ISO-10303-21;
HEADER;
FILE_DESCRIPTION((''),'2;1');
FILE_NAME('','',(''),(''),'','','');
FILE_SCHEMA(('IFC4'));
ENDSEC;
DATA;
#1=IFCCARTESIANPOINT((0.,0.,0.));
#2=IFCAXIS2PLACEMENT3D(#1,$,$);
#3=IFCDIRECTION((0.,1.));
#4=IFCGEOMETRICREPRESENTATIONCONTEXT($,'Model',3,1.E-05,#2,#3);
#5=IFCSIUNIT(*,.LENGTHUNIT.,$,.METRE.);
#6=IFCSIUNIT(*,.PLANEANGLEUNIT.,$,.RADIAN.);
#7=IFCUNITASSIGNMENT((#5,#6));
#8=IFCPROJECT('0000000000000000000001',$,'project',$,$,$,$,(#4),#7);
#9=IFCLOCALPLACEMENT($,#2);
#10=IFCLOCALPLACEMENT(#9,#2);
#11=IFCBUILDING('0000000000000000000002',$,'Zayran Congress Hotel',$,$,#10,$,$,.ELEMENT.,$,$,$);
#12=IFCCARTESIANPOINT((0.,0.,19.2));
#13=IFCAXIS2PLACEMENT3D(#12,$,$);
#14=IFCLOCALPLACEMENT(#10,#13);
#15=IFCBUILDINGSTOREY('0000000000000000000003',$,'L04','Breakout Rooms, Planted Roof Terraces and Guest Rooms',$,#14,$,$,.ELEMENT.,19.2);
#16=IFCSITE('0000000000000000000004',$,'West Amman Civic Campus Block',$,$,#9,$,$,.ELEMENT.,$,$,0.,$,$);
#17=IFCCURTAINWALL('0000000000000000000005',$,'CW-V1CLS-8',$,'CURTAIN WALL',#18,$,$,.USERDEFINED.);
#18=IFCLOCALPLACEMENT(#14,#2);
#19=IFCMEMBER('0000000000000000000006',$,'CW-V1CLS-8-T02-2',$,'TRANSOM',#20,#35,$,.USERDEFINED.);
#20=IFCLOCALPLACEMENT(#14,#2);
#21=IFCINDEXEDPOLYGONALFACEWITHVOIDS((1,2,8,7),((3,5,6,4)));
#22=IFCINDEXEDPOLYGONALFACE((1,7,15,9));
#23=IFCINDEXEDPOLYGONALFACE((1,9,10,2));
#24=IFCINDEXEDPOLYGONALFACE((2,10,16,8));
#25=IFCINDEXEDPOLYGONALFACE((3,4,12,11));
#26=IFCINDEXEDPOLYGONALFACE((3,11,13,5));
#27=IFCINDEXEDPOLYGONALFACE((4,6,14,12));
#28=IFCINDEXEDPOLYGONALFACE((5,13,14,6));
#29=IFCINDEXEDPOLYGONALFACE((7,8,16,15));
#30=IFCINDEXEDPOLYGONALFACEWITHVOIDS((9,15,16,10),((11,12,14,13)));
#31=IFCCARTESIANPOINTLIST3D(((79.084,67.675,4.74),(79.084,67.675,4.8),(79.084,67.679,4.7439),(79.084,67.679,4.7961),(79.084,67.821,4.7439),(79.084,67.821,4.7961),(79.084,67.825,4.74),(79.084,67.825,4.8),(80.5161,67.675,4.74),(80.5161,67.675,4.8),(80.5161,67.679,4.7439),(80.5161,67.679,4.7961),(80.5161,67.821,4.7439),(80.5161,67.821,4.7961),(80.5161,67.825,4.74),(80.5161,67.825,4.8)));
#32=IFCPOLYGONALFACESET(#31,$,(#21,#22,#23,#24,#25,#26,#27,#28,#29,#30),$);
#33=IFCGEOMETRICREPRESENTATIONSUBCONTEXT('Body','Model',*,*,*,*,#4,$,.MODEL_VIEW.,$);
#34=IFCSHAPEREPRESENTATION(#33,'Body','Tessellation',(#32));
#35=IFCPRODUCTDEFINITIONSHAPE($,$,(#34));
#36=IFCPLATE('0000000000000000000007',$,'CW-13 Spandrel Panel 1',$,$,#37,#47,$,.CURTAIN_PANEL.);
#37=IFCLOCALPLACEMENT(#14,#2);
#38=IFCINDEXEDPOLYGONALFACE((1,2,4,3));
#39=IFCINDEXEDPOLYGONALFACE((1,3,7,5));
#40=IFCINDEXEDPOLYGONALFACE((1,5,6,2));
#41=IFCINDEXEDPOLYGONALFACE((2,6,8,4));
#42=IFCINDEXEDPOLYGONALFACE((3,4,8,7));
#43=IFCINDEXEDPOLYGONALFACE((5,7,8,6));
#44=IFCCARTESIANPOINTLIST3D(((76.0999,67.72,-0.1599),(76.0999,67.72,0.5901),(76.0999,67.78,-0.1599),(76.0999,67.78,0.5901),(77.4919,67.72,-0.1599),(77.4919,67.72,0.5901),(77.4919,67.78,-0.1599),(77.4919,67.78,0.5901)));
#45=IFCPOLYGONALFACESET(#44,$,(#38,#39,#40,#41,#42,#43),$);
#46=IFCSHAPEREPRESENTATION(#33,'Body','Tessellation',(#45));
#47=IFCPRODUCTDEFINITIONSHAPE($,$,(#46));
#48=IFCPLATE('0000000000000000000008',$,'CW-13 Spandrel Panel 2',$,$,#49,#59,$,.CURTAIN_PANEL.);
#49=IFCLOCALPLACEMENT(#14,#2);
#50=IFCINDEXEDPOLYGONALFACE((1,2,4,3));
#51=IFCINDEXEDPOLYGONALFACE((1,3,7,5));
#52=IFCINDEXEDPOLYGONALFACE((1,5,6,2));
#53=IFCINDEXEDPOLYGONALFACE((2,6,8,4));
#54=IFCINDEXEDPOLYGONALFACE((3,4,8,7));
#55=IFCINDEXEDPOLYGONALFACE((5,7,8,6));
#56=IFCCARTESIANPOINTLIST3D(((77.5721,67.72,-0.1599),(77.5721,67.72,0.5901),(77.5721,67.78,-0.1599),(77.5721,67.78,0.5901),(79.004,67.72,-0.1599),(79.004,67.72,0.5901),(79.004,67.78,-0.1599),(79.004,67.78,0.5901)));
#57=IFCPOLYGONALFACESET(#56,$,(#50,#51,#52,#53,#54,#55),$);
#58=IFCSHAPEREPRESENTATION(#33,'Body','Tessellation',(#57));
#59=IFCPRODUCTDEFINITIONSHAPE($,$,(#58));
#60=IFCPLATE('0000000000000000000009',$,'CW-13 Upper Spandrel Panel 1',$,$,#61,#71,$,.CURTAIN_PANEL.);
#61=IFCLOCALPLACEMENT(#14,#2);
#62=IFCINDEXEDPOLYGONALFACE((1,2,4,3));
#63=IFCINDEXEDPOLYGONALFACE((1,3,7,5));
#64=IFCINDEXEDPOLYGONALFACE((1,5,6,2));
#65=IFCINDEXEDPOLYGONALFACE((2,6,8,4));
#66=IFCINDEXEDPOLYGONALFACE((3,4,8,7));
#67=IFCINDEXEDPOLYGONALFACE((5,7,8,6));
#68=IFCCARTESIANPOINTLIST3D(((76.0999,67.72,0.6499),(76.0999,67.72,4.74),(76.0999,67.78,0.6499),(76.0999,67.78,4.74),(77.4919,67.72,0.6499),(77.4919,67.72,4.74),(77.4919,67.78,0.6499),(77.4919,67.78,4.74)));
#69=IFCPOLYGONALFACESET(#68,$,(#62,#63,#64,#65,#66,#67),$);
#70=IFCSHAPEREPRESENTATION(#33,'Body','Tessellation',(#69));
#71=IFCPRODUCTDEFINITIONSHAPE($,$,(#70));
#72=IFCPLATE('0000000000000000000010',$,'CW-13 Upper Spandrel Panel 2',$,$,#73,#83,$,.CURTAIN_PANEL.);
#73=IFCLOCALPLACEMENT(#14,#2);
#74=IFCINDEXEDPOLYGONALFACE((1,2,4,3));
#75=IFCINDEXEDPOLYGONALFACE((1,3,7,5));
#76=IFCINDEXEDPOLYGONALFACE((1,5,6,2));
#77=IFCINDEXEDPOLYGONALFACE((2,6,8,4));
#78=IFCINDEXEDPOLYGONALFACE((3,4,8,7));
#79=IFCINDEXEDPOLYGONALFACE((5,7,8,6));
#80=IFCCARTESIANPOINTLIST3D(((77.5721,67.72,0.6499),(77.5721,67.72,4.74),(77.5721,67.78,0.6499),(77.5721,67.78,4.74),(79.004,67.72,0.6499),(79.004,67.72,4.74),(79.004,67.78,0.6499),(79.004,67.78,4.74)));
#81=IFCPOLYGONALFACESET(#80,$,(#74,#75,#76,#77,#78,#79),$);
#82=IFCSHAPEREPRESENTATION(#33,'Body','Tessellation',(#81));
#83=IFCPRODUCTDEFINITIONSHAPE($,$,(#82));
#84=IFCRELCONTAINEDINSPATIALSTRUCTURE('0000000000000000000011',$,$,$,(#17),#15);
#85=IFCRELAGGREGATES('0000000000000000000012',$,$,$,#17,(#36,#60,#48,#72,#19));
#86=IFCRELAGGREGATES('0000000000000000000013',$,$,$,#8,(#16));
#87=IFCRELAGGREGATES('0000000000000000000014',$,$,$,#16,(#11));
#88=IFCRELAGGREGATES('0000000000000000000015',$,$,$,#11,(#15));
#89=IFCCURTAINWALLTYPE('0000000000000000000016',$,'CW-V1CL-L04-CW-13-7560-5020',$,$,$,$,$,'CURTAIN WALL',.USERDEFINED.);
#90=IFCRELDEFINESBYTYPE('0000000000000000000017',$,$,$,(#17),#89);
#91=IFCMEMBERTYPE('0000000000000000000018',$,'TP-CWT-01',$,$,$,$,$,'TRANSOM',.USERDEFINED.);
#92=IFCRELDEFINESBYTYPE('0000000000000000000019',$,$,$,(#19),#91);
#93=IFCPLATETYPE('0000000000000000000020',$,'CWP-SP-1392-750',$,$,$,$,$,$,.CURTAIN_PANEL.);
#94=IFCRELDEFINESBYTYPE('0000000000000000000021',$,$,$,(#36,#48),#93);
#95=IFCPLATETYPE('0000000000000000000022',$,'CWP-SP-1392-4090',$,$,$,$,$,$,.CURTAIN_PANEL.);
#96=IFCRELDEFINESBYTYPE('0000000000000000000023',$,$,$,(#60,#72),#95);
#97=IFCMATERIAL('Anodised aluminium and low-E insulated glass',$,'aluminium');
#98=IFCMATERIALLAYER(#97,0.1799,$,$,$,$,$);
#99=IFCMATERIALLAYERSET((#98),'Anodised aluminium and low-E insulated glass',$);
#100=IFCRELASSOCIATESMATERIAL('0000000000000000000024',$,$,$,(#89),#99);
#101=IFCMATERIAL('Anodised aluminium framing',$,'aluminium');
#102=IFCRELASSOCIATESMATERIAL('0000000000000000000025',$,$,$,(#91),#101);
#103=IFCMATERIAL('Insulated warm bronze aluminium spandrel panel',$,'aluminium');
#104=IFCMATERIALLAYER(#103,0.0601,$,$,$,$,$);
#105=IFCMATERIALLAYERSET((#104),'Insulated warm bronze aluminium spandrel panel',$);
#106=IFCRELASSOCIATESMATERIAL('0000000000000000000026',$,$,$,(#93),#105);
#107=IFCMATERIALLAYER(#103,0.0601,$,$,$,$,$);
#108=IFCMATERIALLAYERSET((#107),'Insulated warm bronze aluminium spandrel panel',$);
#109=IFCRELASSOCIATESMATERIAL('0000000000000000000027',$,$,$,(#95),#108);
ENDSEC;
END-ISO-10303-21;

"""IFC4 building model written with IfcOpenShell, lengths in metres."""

from ifc_helpers import new_model, si_unit, direction, frame, origin, origin_2d, place, context, subcontext, project, spatial, rectangle, hollow_rectangle, extrude, material, layer, layer_set, material_profile, profile_set, type_object, element, aggregate, save


model = new_model("IFC4")

# Units and contexts
model_context = context("Model", 3, precision=1e-05, world=origin(), true_north=direction((0.0, 1.0)))
body_context = subcontext(model_context, "Body", "Model", "MODEL_VIEW")
ifc_project = project(units=[si_unit("LENGTHUNIT", "METRE"), si_unit("PLANEANGLEUNIT", "RADIAN")], contexts=[model_context])

# Site, building, storey
site_placement = place(None, origin())
site = spatial("IfcSite", under=ifc_project, at=site_placement, Name="West Amman Civic Campus Block", CompositionType="ELEMENT", RefElevation=0.0)
building_placement = place(site_placement, origin())
building = spatial("IfcBuilding", under=site, at=building_placement, Name="Zayran Congress Hotel", CompositionType="ELEMENT")
storey_placement = place(building_placement, frame((0.0, 0.0, 19.2)))
storey = spatial("IfcBuildingStorey", under=building, at=storey_placement, Name="L04", Description="Breakout Rooms, Planted Roof Terraces and Guest Rooms", CompositionType="ELEMENT", Elevation=19.2)

# Curtain wall, member, plates
ifc_material_1 = material(Name="Anodised aluminium and low-E insulated glass", Category="aluminium")
ifc_layer_1 = layer(ifc_material_1, 0.1799)
ifc_layer_set_1 = layer_set([ifc_layer_1], Name="Anodised aluminium and low-E insulated glass")
curtain_wall_type = type_object("IfcCurtainWallType", Name="CW-V1CL-L04-CW-13-7560-5020", ElementType="CURTAIN WALL", PredefinedType="USERDEFINED", material=ifc_layer_set_1)
curtain_wall_placement = place(storey_placement, origin())
curtain_wall = element("IfcCurtainWall", 1, at=curtain_wall_placement, inside=storey, type_object=curtain_wall_type, Name="CW-V1CLS-8", ObjectType="CURTAIN WALL", PredefinedType="USERDEFINED")
ifc_material_2 = material(Name="Anodised aluminium framing", Category="aluminium")
ifc_material_profile_1 = material_profile(ifc_material_2, hollow_rectangle(XDim=0.0601, YDim=0.1499, WallThickness=0.0039, at=origin_2d()), Name="RHS 150x60x4")
ifc_profile_set_1 = profile_set([ifc_material_profile_1], Name="Anodised aluminium framing")
member_type_1 = type_object("IfcMemberType", Name="TP-CWT-01", ElementType="TRANSOM", PredefinedType="USERDEFINED", material=ifc_profile_set_1)
member_1_placement = place(storey_placement, frame((79.084, 67.75, 4.77), z_axis=(1.0, 0.0, 0.0), x_axis=(0.0, 0.0, 1.0)))
member_1 = element("IfcMember", 2, at=member_1_placement, type_object=member_type_1, Name="CW-V1CLS-8-T02-2", ObjectType="TRANSOM", PredefinedType="USERDEFINED", context=body_context, shape_type="SweptSolid", body=[
    extrude(hollow_rectangle(XDim=0.0601, YDim=0.1499, WallThickness=0.0039, at=origin_2d()), origin(), (0.0, 0.0, 1.0), 1.4321),
])
ifc_material_3 = material(Name="Insulated warm bronze aluminium spandrel panel", Category="aluminium")
ifc_layer_2 = layer(ifc_material_3, 0.0601)
ifc_layer_set_2 = layer_set([ifc_layer_2], Name="Insulated warm bronze aluminium spandrel panel")
plate_type_1 = type_object("IfcPlateType", Name="CWP-SP-1392-750", PredefinedType="CURTAIN_PANEL", material=ifc_layer_set_2)
plate_1_placement = place(storey_placement, frame((76.7959, 67.75, -0.1599), z_axis=(0.0, 0.0, 1.0), x_axis=(1.0, 0.0, 0.0)))
plate_1 = element("IfcPlate", 3, at=plate_1_placement, type_object=plate_type_1, Name="CW-13 Spandrel Panel 1", PredefinedType="CURTAIN_PANEL", context=body_context, shape_type="SweptSolid", body=[
    extrude(rectangle(XDim=1.3921, YDim=0.0601, at=origin_2d()), origin(), (0.0, 0.0, 1.0), 0.75),
])
plate_2_placement = place(storey_placement, frame((78.2881, 67.75, -0.1599), z_axis=(0.0, 0.0, 1.0), x_axis=(1.0, 0.0, 0.0)))
plate_2 = element("IfcPlate", 4, at=plate_2_placement, type_object=plate_type_1, Name="CW-13 Spandrel Panel 2", PredefinedType="CURTAIN_PANEL", context=body_context, shape_type="SweptSolid", body=[
    extrude(rectangle(XDim=1.4319, YDim=0.0601, at=origin_2d()), origin(), (0.0, 0.0, 1.0), 0.75),
])
ifc_layer_3 = layer(ifc_material_3, 0.0601)
ifc_layer_set_3 = layer_set([ifc_layer_3], Name="Insulated warm bronze aluminium spandrel panel")
plate_type_2 = type_object("IfcPlateType", Name="CWP-SP-1392-4090", PredefinedType="CURTAIN_PANEL", material=ifc_layer_set_3)
plate_3_placement = place(storey_placement, frame((76.7959, 67.75, 0.6499), z_axis=(0.0, 0.0, 1.0), x_axis=(1.0, 0.0, 0.0)))
plate_3 = element("IfcPlate", 5, at=plate_3_placement, type_object=plate_type_2, Name="CW-13 Upper Spandrel Panel 1", PredefinedType="CURTAIN_PANEL", context=body_context, shape_type="SweptSolid", body=[
    extrude(rectangle(XDim=1.3921, YDim=0.0601, at=origin_2d()), origin(), (0.0, 0.0, 1.0), 4.0901),
])
plate_4_placement = place(storey_placement, frame((78.2881, 67.75, 0.6499), z_axis=(0.0, 0.0, 1.0), x_axis=(1.0, 0.0, 0.0)))
plate_4 = element("IfcPlate", 6, at=plate_4_placement, type_object=plate_type_2, Name="CW-13 Upper Spandrel Panel 2", PredefinedType="CURTAIN_PANEL", context=body_context, shape_type="SweptSolid", body=[
    extrude(rectangle(XDim=1.4319, YDim=0.0601, at=origin_2d()), origin(), (0.0, 0.0, 1.0), 4.0901),
])
aggregate(curtain_wall, [plate_1, plate_3, plate_2, plate_4, member_1])

save(model, "model.ifc")
